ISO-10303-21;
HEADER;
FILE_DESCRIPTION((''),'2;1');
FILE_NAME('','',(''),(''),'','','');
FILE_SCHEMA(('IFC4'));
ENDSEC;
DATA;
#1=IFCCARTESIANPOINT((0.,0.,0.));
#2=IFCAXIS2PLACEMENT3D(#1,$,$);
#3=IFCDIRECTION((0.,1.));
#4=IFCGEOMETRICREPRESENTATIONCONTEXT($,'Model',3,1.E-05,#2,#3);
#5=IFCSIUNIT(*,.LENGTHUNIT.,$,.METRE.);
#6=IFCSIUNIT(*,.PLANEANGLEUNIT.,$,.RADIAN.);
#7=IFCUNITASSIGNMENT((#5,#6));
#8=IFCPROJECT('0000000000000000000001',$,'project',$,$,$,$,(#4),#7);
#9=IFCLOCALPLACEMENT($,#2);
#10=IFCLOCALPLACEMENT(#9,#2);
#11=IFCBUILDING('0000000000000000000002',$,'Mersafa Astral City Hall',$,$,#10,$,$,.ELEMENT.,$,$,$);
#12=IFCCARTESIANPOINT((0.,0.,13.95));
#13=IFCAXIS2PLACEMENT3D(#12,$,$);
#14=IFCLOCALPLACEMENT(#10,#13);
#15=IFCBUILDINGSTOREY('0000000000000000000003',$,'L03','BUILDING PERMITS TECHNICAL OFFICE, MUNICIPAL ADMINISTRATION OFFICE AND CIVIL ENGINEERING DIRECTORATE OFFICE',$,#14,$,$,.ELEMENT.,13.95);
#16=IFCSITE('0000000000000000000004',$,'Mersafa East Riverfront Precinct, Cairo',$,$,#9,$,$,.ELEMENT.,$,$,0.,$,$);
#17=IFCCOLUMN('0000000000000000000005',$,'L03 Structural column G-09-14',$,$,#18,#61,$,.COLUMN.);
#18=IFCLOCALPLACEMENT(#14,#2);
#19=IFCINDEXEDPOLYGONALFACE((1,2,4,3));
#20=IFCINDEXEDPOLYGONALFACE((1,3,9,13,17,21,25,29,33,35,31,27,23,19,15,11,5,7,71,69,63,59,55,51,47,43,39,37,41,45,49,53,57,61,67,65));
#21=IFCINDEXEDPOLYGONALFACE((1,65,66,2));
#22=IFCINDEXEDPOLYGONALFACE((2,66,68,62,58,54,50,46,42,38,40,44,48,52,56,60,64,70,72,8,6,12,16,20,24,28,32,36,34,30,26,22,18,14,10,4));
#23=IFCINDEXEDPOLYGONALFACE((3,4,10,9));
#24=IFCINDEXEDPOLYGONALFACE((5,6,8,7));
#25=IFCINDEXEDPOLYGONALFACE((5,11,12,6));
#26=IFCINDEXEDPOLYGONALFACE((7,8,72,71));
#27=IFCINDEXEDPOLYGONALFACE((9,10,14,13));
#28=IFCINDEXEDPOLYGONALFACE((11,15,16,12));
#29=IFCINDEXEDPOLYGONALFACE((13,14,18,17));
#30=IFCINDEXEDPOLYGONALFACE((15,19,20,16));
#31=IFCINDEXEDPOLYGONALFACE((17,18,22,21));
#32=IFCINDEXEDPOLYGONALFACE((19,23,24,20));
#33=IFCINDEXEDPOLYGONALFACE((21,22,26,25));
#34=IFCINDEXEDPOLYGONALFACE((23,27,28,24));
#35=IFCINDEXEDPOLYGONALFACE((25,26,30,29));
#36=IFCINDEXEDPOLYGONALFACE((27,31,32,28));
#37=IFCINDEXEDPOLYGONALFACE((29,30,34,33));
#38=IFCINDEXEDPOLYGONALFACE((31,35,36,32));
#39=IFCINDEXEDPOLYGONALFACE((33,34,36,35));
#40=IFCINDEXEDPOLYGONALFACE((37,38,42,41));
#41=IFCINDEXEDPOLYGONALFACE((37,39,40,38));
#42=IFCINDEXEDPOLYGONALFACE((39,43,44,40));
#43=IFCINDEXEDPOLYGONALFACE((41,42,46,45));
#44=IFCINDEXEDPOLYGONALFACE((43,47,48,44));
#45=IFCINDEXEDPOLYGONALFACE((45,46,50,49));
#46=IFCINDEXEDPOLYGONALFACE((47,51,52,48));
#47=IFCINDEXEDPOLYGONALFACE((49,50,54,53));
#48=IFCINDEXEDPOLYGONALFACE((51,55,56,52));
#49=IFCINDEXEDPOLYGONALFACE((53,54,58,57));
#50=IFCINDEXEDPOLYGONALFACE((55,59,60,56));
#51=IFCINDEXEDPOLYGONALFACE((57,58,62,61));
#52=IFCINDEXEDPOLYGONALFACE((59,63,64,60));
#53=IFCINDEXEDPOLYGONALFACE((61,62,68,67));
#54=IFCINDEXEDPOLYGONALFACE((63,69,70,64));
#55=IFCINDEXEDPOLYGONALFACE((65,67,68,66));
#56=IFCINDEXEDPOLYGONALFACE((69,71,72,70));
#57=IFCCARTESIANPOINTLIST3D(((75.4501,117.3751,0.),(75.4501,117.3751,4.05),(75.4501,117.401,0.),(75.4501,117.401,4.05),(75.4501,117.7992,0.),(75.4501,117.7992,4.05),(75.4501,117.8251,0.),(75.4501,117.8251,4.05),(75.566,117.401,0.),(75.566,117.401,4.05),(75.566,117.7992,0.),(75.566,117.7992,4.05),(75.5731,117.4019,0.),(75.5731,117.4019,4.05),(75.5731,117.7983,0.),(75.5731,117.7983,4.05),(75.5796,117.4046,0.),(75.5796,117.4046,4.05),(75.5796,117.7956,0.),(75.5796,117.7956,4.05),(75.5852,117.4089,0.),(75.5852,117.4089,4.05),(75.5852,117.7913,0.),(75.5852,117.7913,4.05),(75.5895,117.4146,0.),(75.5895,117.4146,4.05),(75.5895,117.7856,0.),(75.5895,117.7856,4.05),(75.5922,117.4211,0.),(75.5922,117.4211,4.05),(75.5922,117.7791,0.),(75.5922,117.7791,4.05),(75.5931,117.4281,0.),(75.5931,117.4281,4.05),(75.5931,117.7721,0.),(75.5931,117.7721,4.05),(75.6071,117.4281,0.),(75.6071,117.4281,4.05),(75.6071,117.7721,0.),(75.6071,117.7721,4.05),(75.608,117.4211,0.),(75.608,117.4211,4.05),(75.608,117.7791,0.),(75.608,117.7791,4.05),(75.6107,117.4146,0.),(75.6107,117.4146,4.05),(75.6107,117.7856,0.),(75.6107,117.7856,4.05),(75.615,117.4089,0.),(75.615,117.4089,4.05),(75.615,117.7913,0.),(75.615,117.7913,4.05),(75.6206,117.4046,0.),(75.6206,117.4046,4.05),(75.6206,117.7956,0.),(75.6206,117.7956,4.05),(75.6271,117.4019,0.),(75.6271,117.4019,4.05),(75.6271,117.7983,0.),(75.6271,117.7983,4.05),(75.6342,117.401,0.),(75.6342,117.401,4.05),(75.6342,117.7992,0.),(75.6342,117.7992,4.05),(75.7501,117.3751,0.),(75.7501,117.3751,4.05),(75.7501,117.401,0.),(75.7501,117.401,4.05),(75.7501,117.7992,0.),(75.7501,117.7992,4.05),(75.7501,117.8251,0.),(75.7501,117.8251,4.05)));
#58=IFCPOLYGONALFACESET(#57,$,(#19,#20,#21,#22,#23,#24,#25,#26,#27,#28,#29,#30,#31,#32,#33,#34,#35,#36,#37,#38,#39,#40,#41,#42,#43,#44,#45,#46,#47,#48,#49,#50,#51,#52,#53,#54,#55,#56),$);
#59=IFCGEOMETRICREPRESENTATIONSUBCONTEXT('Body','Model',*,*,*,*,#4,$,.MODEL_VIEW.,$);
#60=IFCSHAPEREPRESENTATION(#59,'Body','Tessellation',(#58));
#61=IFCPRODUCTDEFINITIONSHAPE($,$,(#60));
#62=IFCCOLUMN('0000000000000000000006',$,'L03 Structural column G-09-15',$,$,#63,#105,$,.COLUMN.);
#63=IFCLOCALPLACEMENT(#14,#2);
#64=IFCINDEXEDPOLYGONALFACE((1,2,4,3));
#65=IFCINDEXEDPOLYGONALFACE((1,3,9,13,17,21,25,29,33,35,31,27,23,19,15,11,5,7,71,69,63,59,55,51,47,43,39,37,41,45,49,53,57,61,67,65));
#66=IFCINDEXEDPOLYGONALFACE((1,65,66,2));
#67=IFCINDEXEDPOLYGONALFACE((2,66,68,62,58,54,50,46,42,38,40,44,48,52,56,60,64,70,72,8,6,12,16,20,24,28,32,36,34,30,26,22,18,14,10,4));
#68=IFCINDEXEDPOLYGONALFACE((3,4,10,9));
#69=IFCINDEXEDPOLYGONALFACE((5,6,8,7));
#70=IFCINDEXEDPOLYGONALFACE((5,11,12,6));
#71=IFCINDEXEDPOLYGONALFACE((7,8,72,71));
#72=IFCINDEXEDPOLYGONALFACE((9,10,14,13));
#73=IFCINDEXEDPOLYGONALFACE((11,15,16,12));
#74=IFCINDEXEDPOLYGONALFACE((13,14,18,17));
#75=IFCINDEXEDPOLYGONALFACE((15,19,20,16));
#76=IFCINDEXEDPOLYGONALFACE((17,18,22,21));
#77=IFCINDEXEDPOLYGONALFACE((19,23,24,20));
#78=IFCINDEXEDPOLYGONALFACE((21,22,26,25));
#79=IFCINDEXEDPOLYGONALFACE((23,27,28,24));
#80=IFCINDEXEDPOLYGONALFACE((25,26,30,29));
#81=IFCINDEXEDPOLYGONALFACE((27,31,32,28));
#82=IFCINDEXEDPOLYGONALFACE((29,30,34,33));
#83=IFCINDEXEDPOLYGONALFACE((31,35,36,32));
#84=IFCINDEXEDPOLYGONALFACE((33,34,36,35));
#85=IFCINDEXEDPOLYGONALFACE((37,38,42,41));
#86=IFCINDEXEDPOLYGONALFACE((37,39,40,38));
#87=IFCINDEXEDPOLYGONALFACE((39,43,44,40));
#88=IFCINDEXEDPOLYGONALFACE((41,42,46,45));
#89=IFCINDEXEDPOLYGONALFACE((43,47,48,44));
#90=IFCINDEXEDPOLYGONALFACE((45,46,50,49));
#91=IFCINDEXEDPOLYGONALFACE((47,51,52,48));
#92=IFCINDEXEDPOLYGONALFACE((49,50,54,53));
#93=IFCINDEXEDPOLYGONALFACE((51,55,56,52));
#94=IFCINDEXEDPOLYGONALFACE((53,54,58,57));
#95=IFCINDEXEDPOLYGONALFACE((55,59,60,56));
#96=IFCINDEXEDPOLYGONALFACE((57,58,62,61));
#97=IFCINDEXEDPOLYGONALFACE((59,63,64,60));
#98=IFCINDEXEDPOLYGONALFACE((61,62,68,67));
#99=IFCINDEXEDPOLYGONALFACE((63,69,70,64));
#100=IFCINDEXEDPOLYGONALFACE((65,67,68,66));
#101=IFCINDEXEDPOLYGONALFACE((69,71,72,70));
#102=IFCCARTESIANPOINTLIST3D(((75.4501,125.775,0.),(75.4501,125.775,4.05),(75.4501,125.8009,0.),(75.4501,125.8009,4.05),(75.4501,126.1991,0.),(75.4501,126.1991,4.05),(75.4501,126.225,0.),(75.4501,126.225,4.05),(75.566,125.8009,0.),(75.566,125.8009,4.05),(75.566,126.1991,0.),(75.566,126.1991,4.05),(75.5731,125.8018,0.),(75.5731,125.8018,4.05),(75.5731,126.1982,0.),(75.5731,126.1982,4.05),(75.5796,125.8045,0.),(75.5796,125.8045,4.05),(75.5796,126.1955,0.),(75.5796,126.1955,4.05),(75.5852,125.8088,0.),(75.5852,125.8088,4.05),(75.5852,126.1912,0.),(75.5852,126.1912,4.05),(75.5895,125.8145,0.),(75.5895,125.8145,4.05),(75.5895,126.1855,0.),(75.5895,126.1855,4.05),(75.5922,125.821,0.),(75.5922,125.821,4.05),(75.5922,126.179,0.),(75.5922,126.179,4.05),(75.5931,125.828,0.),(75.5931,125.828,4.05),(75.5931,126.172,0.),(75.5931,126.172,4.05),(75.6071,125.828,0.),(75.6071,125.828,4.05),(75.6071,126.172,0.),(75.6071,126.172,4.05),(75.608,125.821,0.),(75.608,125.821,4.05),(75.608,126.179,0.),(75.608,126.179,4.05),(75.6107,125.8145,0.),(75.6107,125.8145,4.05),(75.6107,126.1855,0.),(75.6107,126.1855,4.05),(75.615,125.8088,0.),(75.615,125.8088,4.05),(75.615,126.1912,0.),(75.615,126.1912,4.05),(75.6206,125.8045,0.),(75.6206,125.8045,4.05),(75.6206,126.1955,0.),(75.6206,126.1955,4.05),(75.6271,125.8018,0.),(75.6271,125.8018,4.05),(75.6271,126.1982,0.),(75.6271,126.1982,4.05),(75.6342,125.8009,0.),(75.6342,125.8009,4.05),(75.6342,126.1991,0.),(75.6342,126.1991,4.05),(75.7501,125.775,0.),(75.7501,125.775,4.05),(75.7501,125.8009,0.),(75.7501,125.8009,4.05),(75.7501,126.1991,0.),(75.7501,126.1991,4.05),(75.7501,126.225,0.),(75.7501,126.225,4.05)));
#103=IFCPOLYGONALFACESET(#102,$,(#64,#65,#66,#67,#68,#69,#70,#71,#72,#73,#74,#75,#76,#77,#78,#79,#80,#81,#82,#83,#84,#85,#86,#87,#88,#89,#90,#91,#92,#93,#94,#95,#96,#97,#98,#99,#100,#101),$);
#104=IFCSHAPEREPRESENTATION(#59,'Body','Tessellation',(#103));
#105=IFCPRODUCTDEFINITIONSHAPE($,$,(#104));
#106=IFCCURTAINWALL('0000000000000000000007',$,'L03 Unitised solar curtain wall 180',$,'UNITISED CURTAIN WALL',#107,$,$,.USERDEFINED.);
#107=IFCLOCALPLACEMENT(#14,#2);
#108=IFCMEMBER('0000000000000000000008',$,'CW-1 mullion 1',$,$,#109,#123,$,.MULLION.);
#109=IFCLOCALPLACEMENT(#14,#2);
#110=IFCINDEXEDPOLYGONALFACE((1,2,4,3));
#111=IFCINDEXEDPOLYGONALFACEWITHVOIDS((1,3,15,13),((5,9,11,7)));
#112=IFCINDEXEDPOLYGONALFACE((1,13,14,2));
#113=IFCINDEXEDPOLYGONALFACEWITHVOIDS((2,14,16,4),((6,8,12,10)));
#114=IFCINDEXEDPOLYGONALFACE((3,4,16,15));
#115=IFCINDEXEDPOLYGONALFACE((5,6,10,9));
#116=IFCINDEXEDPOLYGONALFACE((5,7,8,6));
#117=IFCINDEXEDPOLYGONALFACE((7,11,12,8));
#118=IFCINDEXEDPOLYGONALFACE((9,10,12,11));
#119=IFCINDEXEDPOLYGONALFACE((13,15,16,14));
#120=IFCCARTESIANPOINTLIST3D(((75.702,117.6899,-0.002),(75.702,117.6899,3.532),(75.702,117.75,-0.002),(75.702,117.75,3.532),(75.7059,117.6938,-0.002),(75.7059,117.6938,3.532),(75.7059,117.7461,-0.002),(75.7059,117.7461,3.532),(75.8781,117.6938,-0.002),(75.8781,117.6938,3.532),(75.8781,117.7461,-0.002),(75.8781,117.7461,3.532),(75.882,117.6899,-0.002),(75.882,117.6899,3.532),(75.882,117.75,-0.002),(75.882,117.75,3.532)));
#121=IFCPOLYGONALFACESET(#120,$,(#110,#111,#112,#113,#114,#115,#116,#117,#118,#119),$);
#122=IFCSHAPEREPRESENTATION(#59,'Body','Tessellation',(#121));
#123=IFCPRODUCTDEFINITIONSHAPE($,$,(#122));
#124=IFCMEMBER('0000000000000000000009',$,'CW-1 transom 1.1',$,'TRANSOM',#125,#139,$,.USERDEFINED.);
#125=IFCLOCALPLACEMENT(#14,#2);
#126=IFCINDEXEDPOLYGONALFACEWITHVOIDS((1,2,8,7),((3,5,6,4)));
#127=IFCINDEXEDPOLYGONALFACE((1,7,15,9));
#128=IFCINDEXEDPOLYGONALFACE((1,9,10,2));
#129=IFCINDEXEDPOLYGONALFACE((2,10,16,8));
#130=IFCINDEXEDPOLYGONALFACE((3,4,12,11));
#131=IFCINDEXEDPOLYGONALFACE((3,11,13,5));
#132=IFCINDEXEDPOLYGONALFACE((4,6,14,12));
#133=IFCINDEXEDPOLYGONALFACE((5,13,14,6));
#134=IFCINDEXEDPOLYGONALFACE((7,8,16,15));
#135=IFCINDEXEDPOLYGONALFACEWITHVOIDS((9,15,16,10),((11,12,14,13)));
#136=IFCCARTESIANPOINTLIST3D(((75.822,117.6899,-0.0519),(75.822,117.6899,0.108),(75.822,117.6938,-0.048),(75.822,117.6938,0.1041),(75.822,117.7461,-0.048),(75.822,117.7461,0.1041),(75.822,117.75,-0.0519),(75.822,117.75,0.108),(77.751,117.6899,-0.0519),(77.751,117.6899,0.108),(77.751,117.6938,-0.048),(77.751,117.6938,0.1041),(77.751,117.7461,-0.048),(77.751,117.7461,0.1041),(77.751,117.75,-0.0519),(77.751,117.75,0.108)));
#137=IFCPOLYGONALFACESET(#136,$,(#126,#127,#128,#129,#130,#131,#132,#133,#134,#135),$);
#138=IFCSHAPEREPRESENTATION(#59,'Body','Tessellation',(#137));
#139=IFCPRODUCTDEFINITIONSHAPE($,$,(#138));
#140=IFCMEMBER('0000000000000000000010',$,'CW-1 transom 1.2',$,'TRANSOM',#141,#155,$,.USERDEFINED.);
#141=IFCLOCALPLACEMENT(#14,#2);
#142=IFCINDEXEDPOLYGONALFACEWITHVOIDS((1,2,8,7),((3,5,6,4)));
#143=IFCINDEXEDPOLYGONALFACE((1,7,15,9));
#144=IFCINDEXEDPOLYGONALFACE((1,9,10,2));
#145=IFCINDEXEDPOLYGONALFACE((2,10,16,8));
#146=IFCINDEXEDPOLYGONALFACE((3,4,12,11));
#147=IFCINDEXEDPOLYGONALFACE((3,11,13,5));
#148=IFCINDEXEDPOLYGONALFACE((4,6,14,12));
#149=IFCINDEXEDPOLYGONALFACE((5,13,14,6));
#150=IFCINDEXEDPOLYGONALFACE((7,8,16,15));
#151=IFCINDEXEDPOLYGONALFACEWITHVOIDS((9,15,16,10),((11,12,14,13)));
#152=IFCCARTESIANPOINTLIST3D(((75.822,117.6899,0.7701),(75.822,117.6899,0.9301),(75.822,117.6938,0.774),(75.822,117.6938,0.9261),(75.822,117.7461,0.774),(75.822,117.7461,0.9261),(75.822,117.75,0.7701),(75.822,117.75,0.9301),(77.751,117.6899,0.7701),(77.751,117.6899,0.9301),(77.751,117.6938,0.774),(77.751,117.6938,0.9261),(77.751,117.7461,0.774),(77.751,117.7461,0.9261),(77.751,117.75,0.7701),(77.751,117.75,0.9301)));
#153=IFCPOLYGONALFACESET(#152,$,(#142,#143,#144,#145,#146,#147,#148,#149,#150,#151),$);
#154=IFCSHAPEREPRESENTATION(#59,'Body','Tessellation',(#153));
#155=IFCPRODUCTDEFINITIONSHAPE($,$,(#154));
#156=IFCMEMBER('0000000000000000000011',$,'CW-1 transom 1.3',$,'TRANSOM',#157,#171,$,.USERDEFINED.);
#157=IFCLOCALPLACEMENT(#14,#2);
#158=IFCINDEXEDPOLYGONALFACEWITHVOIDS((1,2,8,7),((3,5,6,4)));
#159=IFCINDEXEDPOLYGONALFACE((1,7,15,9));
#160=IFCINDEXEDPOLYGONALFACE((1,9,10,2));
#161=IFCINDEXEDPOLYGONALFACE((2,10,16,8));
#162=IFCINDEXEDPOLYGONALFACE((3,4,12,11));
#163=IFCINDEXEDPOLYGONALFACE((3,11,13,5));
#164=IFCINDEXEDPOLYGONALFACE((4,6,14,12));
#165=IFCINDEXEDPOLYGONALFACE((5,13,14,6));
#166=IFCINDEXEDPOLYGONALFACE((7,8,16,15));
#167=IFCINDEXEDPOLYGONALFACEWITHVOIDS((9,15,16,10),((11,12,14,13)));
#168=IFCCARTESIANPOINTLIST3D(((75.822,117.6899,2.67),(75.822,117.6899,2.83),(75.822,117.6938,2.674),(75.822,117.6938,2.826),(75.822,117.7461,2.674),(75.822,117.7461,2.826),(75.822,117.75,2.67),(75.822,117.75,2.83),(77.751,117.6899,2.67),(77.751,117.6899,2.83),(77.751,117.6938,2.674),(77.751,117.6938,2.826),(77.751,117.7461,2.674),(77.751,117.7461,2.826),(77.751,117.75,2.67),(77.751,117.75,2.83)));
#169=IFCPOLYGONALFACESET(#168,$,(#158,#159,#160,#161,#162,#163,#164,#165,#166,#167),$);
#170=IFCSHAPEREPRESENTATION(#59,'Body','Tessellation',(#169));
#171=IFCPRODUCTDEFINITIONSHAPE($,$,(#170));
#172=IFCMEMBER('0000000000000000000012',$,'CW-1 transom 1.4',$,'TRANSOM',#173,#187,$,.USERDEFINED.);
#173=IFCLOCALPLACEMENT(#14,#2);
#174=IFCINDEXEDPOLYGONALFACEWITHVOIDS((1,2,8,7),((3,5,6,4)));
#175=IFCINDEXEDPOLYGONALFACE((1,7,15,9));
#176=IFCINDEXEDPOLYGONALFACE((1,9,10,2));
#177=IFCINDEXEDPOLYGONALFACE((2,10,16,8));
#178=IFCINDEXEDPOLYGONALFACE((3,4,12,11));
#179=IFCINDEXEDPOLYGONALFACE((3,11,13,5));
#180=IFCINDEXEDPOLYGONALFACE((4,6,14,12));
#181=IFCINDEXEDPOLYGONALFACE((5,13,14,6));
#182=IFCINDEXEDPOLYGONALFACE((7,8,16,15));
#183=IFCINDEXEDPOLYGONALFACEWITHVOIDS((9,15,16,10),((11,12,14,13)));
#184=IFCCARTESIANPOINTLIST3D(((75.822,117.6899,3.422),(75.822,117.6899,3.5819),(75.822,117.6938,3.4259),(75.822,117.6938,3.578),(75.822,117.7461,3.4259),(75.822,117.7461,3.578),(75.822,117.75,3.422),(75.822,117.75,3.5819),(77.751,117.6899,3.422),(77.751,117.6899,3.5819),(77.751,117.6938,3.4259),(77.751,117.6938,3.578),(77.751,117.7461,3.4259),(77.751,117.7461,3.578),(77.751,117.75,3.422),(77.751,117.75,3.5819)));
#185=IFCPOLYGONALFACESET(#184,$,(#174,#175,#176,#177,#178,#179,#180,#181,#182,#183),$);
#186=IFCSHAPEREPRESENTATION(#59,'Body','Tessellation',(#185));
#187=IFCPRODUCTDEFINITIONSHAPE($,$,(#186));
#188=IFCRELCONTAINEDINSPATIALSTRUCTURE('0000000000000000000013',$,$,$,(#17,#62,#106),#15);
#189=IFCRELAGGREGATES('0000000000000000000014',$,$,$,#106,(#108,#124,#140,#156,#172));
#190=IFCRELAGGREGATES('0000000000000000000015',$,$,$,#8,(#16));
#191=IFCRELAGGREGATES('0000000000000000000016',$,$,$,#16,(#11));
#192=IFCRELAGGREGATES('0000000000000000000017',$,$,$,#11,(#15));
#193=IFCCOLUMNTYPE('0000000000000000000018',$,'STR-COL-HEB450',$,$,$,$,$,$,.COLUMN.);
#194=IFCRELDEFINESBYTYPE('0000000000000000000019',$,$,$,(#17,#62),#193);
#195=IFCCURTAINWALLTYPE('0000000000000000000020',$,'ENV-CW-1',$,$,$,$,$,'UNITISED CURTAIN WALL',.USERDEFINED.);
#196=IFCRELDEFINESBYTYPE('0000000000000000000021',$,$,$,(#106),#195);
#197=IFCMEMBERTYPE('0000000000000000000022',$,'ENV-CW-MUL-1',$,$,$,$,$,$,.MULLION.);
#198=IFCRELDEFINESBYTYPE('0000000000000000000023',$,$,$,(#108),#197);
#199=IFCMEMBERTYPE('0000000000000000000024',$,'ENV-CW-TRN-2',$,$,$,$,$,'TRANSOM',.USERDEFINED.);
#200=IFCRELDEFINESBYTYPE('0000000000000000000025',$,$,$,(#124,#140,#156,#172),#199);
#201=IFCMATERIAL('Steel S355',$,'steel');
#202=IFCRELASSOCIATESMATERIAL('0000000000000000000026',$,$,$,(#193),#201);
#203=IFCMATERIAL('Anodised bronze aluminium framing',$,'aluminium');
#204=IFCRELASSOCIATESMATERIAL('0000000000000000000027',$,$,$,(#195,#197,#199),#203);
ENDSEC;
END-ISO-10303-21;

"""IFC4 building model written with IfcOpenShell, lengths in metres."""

from ifc_helpers import new_model, si_unit, direction, frame, origin, origin_2d, place, context, subcontext, project, spatial, hollow_rectangle, i_section, extrude, material, material_profile, profile_set, type_object, element, aggregate, save


model = new_model("IFC4")

# Units and contexts
model_context = context("Model", 3, precision=1e-05, world=origin(), true_north=direction((0.0, 1.0)))
body_context = subcontext(model_context, "Body", "Model", "MODEL_VIEW")
ifc_project = project(units=[si_unit("LENGTHUNIT", "METRE"), si_unit("PLANEANGLEUNIT", "RADIAN")], contexts=[model_context])

# Site, building, storey
site_placement = place(None, origin())
site = spatial("IfcSite", under=ifc_project, at=site_placement, Name="Mersafa East Riverfront Precinct, Cairo", CompositionType="ELEMENT", RefElevation=0.0)
building_placement = place(site_placement, origin())
building = spatial("IfcBuilding", under=site, at=building_placement, Name="Mersafa Astral City Hall", CompositionType="ELEMENT")
storey_placement = place(building_placement, frame((0.0, 0.0, 13.95)))
storey = spatial("IfcBuildingStorey", under=building, at=storey_placement, Name="L03", Description="BUILDING PERMITS TECHNICAL OFFICE, MUNICIPAL ADMINISTRATION OFFICE AND CIVIL ENGINEERING DIRECTORATE OFFICE", CompositionType="ELEMENT", Elevation=13.95)

# Columns
ifc_material_1 = material(Name="Steel S355", Category="steel")
ifc_material_profile_1 = material_profile(ifc_material_1, i_section(OverallWidth=0.3, OverallDepth=0.45, WebThickness=0.0139, FlangeThickness=0.0259, FilletRadius=0.0271, at=origin_2d()), Name="HEB 450")
ifc_profile_set_1 = profile_set([ifc_material_profile_1], Name="Steel S355")
column_type = type_object("IfcColumnType", Name="STR-COL-HEB450", PredefinedType="COLUMN", material=ifc_profile_set_1)
for number, where, z_axis, x_axis, name in (
    (1, (75.6001, 117.6001, 0.0), (0.0, 0.0, 1.0), (1.0, 0.0, 0.0), "L03 Structural column G-09-14"),
    (2, (75.6001, 126.0, 0.0), (0.0, 0.0, 1.0), (1.0, 0.0, 0.0), "L03 Structural column G-09-15"),
):
    element("IfcColumn", number, at=place(storey_placement, frame(where, z_axis=z_axis, x_axis=x_axis)), inside=storey, type_object=column_type, Name=name, PredefinedType="COLUMN", context=body_context, shape_type="SweptSolid", body=[
        extrude(i_section(OverallWidth=0.3, OverallDepth=0.45, WebThickness=0.0139, FlangeThickness=0.0259, FilletRadius=0.0271, at=origin_2d()), origin(), (0.0, 0.0, 1.0), 4.05),
    ])

# Curtain wall, members
ifc_material_2 = material(Name="Anodised bronze aluminium framing", Category="aluminium")
curtain_wall_type = type_object("IfcCurtainWallType", Name="ENV-CW-1", ElementType="UNITISED CURTAIN WALL", PredefinedType="USERDEFINED", material=ifc_material_2)
curtain_wall_placement = place(storey_placement, origin())
curtain_wall = element("IfcCurtainWall", 3, at=curtain_wall_placement, inside=storey, type_object=curtain_wall_type, Name="L03 Unitised solar curtain wall 180", ObjectType="UNITISED CURTAIN WALL", PredefinedType="USERDEFINED")
ifc_material_profile_2 = material_profile(ifc_material_2, hollow_rectangle(XDim=0.0601, YDim=0.1799, WallThickness=0.0039, at=origin_2d()), Name="RHS 60x180x4")
ifc_profile_set_2 = profile_set([ifc_material_profile_2], Name="Anodised bronze aluminium framing")
member_type_1 = type_object("IfcMemberType", Name="ENV-CW-MUL-1", PredefinedType="MULLION", material=ifc_profile_set_2)
member_1_placement = place(storey_placement, frame((75.792, 117.72, -0.002), z_axis=(0.0, 0.0, 1.0), x_axis=(0.0, 1.0, 0.0)))
member_1 = element("IfcMember", 4, at=member_1_placement, type_object=member_type_1, Name="CW-1 mullion 1", PredefinedType="MULLION", context=body_context, shape_type="SweptSolid", body=[
    extrude(hollow_rectangle(XDim=0.0601, YDim=0.1799, WallThickness=0.0039, at=origin_2d()), origin(), (0.0, 0.0, 1.0), 3.5339),
])
ifc_material_profile_3 = material_profile(ifc_material_2, hollow_rectangle(XDim=0.0601, YDim=0.1599, WallThickness=0.0039, at=origin_2d()), Name="RHS 60x160x4")
ifc_profile_set_3 = profile_set([ifc_material_profile_3], Name="Anodised bronze aluminium framing")
member_type_2 = type_object("IfcMemberType", Name="ENV-CW-TRN-2", ElementType="TRANSOM", PredefinedType="USERDEFINED", material=ifc_profile_set_3)
member_2_placement = place(storey_placement, frame((75.822, 117.72, 0.0281), z_axis=(1.0, 0.0, 0.0), x_axis=(0.0, 1.0, 0.0)))
member_2 = element("IfcMember", 5, at=member_2_placement, type_object=member_type_2, Name="CW-1 transom 1.1", ObjectType="TRANSOM", PredefinedType="USERDEFINED", context=body_context, shape_type="SweptSolid", body=[
    extrude(hollow_rectangle(XDim=0.0601, YDim=0.1599, WallThickness=0.0039, at=origin_2d()), origin(), (0.0, 0.0, 1.0), 1.929),
])
member_3_placement = place(storey_placement, frame((75.822, 117.72, 0.8501), z_axis=(1.0, 0.0, 0.0), x_axis=(0.0, 1.0, 0.0)))
member_3 = element("IfcMember", 6, at=member_3_placement, type_object=member_type_2, Name="CW-1 transom 1.2", ObjectType="TRANSOM", PredefinedType="USERDEFINED", context=body_context, shape_type="SweptSolid", body=[
    extrude(hollow_rectangle(XDim=0.0601, YDim=0.1599, WallThickness=0.0039, at=origin_2d()), origin(), (0.0, 0.0, 1.0), 1.929),
])
member_4_placement = place(storey_placement, frame((75.822, 117.72, 2.75), z_axis=(1.0, 0.0, 0.0), x_axis=(0.0, 1.0, 0.0)))
member_4 = element("IfcMember", 7, at=member_4_placement, type_object=member_type_2, Name="CW-1 transom 1.3", ObjectType="TRANSOM", PredefinedType="USERDEFINED", context=body_context, shape_type="SweptSolid", body=[
    extrude(hollow_rectangle(XDim=0.0601, YDim=0.1599, WallThickness=0.0039, at=origin_2d()), origin(), (0.0, 0.0, 1.0), 1.929),
])
member_5_placement = place(storey_placement, frame((75.822, 117.72, 3.502), z_axis=(1.0, 0.0, 0.0), x_axis=(0.0, 1.0, 0.0)))
member_5 = element("IfcMember", 8, at=member_5_placement, type_object=member_type_2, Name="CW-1 transom 1.4", ObjectType="TRANSOM", PredefinedType="USERDEFINED", context=body_context, shape_type="SweptSolid", body=[
    extrude(hollow_rectangle(XDim=0.0601, YDim=0.1599, WallThickness=0.0039, at=origin_2d()), origin(), (0.0, 0.0, 1.0), 1.929),
])
aggregate(curtain_wall, [member_1, member_2, member_3, member_4, member_5])

save(model, "model.ifc")
